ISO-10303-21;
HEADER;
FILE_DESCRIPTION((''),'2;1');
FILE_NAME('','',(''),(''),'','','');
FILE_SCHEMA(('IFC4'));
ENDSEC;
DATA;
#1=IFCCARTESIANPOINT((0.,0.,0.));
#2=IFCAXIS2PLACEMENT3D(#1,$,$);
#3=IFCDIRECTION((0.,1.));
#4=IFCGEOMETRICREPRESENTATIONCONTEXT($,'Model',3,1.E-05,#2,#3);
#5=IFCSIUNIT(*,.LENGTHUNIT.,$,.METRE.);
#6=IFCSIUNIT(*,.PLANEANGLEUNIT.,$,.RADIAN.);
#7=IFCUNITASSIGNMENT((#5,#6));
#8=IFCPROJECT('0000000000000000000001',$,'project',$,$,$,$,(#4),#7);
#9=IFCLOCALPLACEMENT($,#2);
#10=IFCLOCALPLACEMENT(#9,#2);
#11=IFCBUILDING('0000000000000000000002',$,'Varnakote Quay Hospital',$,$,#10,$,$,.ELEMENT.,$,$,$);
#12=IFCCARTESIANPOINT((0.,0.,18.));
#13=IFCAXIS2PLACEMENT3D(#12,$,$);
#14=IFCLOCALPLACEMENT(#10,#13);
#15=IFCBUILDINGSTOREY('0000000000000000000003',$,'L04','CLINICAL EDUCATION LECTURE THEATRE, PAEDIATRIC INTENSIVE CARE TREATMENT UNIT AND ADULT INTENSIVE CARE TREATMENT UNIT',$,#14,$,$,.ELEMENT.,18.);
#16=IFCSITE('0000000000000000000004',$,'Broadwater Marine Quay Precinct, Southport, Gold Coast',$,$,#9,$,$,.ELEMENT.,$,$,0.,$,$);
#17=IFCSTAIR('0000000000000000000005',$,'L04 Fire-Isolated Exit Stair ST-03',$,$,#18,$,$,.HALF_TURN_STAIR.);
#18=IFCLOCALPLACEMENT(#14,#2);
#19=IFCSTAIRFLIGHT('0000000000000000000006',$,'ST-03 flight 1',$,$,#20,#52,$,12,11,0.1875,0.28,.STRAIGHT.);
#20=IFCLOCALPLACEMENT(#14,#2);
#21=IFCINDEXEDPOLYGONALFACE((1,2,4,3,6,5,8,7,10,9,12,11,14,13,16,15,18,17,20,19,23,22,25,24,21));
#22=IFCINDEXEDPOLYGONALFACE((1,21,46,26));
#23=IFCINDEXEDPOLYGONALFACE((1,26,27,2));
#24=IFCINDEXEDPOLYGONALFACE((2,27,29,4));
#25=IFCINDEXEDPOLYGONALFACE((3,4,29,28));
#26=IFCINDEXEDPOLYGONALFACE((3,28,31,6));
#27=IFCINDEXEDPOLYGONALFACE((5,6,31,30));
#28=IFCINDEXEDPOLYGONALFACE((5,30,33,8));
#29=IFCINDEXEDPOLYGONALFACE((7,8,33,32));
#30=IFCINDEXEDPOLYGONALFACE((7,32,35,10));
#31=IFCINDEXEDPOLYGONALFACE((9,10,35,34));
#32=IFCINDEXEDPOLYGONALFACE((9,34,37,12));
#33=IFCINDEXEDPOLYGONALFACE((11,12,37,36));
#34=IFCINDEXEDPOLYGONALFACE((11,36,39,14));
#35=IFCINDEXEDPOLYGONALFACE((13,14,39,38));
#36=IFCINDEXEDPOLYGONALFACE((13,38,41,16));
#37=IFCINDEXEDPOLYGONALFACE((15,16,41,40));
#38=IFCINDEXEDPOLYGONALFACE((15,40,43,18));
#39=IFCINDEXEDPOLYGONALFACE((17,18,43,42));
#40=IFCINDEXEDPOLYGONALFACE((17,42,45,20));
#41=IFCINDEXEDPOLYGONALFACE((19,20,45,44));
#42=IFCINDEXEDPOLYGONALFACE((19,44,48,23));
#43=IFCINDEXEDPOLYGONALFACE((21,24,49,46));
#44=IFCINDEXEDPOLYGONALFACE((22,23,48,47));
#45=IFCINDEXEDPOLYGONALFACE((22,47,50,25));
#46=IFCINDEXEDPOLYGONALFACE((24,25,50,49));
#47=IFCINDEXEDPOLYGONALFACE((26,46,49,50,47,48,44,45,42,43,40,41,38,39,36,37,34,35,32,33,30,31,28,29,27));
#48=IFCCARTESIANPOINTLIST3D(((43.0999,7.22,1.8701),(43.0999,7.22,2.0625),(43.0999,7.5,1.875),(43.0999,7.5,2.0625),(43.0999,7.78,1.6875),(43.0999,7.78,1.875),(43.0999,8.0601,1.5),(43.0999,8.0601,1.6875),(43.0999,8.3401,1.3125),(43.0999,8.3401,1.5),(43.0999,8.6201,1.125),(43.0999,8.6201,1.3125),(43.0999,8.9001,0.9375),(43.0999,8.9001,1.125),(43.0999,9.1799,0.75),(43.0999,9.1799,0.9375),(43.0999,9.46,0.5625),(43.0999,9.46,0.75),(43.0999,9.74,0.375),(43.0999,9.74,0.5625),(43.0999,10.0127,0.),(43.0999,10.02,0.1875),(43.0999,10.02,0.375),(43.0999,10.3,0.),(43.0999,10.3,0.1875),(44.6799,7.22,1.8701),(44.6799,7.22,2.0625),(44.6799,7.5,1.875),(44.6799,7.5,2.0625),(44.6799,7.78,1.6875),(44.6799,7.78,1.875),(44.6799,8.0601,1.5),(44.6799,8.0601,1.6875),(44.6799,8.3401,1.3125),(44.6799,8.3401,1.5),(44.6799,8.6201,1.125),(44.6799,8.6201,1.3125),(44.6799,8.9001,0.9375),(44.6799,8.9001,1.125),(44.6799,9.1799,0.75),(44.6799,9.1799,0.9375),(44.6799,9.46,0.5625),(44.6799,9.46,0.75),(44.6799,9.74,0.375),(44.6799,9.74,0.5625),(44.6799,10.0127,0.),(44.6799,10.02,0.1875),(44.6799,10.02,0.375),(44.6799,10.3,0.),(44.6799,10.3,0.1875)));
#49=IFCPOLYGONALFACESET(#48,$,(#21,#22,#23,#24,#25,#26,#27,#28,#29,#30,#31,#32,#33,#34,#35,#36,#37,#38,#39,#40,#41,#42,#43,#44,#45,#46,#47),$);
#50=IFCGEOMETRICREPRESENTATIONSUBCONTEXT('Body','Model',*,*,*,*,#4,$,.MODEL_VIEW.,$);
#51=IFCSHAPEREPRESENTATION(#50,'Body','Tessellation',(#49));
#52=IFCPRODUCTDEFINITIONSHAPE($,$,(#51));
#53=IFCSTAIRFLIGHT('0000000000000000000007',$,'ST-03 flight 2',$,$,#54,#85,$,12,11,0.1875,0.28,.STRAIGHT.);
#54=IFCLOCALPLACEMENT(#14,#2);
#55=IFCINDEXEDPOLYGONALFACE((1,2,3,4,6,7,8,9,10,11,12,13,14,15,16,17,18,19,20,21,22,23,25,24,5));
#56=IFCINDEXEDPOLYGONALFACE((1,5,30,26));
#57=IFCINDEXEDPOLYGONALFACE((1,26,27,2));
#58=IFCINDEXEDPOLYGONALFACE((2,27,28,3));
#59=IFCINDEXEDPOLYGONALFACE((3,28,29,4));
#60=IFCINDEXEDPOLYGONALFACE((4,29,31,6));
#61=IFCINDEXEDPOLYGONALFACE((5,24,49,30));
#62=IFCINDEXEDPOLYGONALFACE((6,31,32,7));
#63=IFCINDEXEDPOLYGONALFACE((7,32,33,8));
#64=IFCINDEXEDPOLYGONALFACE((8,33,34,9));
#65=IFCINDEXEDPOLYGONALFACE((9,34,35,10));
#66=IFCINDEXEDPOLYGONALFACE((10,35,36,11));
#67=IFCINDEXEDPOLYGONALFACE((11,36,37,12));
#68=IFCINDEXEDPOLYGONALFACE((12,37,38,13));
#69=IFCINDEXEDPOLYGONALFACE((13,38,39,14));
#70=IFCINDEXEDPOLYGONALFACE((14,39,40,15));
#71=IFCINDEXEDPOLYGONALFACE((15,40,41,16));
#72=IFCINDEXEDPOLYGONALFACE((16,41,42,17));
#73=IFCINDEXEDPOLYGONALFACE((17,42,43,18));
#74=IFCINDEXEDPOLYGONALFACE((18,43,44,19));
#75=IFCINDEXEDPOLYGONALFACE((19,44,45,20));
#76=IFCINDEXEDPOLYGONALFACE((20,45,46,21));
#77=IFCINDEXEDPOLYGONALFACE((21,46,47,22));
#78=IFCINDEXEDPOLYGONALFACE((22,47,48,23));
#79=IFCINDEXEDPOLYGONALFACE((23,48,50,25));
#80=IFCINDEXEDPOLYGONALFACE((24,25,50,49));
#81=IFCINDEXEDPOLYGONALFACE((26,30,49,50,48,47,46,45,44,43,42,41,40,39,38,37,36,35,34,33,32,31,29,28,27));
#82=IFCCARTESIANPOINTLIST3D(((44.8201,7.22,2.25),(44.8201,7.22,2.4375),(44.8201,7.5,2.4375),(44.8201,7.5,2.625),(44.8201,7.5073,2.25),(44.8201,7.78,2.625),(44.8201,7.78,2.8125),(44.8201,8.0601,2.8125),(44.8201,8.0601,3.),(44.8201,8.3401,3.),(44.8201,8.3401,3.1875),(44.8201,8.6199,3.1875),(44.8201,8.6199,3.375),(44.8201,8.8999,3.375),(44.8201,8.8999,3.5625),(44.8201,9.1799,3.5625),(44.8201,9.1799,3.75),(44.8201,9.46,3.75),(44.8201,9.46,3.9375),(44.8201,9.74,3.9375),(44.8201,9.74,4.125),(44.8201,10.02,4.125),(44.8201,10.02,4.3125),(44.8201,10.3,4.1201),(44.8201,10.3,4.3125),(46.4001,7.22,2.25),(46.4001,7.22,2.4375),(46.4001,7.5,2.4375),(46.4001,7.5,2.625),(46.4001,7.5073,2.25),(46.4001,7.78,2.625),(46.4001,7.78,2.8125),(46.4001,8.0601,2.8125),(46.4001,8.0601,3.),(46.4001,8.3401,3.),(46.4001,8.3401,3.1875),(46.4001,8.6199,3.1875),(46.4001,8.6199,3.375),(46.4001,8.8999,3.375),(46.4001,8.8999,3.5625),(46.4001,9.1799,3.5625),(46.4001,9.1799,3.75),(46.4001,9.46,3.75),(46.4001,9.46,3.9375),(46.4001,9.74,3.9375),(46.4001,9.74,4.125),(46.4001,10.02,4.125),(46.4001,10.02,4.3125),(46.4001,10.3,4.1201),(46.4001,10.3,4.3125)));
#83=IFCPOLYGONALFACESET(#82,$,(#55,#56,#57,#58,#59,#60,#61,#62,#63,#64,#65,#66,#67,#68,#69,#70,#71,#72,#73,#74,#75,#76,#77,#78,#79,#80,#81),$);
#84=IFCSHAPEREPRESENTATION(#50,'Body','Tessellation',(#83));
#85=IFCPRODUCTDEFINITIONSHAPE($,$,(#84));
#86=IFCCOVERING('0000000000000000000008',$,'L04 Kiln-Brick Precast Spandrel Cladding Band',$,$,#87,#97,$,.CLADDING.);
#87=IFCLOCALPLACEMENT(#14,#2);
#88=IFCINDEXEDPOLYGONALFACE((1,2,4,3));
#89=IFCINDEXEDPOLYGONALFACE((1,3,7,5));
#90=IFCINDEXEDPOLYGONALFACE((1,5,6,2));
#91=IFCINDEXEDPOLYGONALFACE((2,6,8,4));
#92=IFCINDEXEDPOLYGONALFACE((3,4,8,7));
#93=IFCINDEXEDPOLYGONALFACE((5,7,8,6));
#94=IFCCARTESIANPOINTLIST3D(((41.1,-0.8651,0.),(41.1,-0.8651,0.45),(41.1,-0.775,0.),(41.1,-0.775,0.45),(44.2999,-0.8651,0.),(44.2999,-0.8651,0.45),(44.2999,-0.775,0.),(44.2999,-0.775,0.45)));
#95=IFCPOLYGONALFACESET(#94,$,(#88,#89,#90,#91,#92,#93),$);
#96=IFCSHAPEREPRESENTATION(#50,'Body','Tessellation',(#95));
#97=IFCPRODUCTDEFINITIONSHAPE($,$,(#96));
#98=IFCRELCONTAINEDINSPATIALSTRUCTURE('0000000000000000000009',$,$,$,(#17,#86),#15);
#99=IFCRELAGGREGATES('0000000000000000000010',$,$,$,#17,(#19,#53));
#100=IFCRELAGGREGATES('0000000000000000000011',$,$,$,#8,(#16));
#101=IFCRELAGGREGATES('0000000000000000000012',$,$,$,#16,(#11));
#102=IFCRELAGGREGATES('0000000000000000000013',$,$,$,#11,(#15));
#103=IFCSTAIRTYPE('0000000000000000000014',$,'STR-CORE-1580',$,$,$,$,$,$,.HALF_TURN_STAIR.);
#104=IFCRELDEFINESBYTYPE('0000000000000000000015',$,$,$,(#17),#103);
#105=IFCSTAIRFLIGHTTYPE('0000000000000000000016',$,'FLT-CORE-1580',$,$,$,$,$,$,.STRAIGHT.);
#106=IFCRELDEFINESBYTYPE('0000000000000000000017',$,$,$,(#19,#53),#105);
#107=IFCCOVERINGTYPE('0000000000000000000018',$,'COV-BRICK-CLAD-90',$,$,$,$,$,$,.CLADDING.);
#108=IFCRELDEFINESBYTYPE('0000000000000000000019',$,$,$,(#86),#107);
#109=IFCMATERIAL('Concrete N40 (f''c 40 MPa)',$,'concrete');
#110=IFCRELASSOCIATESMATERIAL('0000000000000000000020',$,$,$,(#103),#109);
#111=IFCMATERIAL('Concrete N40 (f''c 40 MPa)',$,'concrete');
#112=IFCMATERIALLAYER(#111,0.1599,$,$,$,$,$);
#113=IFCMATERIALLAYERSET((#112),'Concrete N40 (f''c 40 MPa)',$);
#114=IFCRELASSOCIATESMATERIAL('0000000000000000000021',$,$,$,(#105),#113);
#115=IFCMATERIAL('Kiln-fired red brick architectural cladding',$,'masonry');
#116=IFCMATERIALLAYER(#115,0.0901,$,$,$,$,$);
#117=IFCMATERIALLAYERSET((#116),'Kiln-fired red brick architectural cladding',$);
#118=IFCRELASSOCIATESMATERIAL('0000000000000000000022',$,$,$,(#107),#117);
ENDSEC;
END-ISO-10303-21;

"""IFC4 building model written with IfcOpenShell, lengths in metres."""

from ifc_helpers import new_model, si_unit, direction, frame, origin, origin_2d, place, context, subcontext, project, spatial, polyline, rectangle, outline, extrude, material, layer, layer_set, type_object, element, aggregate, save


model = new_model("IFC4")

# Units and contexts
model_context = context("Model", 3, precision=1e-05, world=origin(), true_north=direction((0.0, 1.0)))
body_context = subcontext(model_context, "Body", "Model", "MODEL_VIEW")
ifc_project = project(units=[si_unit("LENGTHUNIT", "METRE"), si_unit("PLANEANGLEUNIT", "RADIAN")], contexts=[model_context])

# Site, building, storey
site_placement = place(None, origin())
site = spatial("IfcSite", under=ifc_project, at=site_placement, Name="Broadwater Marine Quay Precinct, Southport, Gold Coast", CompositionType="ELEMENT", RefElevation=0.0)
building_placement = place(site_placement, origin())
building = spatial("IfcBuilding", under=site, at=building_placement, Name="Varnakote Quay Hospital", CompositionType="ELEMENT")
storey_placement = place(building_placement, frame((0.0, 0.0, 18.0)))
storey = spatial("IfcBuildingStorey", under=building, at=storey_placement, Name="L04", Description="CLINICAL EDUCATION LECTURE THEATRE, PAEDIATRIC INTENSIVE CARE TREATMENT UNIT AND ADULT INTENSIVE CARE TREATMENT UNIT", CompositionType="ELEMENT", Elevation=18.0)

# Stair, stair flights
ifc_material_1 = material(Name="Concrete N40 (f'c 40 MPa)", Category="concrete")
stair_type = type_object("IfcStairType", Name="STR-CORE-1580", PredefinedType="HALF_TURN_STAIR", material=ifc_material_1)
stair_placement = place(storey_placement, origin())
stair = element("IfcStair", 1, at=stair_placement, inside=storey, type_object=stair_type, Name="L04 Fire-Isolated Exit Stair ST-03", PredefinedType="HALF_TURN_STAIR")
ifc_material_2 = material(Name="Concrete N40 (f'c 40 MPa)", Category="concrete")
ifc_layer_1 = layer(ifc_material_2, 0.1599)
ifc_layer_set_1 = layer_set([ifc_layer_1], Name="Concrete N40 (f'c 40 MPa)")
stair_flight_type = type_object("IfcStairFlightType", Name="FLT-CORE-1580", PredefinedType="STRAIGHT", material=ifc_layer_set_1)
stair_flight_1_placement = place(storey_placement, frame((43.8899, 10.3, 0.0), z_axis=(0.0, 0.0, 1.0), x_axis=(0.0, -1.0, 0.0)))
stair_flight_1 = element("IfcStairFlight", 2, at=stair_flight_1_placement, type_object=stair_flight_type, Name="ST-03 flight 1", NumberOfRisers=12, NumberOfTreads=11, PredefinedType="STRAIGHT", RiserHeight=0.1875, TreadLength=0.28, context=body_context, shape_type="SweptSolid", body=[
    extrude(outline(polyline([(0.0, 0.0), (0.0, 0.1875), (0.28, 0.1875), (0.28, 0.375), (0.5601, 0.375), (0.5601, 0.5625), (0.8401, 0.5625), (0.8401, 0.75), (1.1201, 0.75), (1.1201, 0.9375), (1.3999, 0.9375), (1.3999, 1.125), (1.6799, 1.125), (1.6799, 1.3125), (1.96, 1.3125), (1.96, 1.5), (2.24, 1.5), (2.24, 1.6875), (2.52, 1.6875), (2.52, 1.875), (2.8, 1.875), (2.8, 2.0625), (3.0801, 2.0625), (3.0801, 2.25), (3.0801, 1.8701), (0.2874, 0.0), (0.0, 0.0)])), frame((0.0, 0.79, 0.0), z_axis=(0.0, -1.0, 0.0), x_axis=(1.0, 0.0, 0.0)), (0.0, 0.0, 1.0), 1.5801),
])
stair_flight_2_placement = place(storey_placement, frame((45.6101, 7.22, 2.25), z_axis=(0.0, 0.0, 1.0), x_axis=(0.0, 1.0, 0.0)))
stair_flight_2 = element("IfcStairFlight", 3, at=stair_flight_2_placement, type_object=stair_flight_type, Name="ST-03 flight 2", NumberOfRisers=12, NumberOfTreads=11, PredefinedType="STRAIGHT", RiserHeight=0.1875, TreadLength=0.28, context=body_context, shape_type="SweptSolid", body=[
    extrude(outline(polyline([(0.0, 0.0), (0.0, 0.1875), (0.28, 0.1875), (0.28, 0.375), (0.5601, 0.375), (0.5601, 0.5625), (0.8401, 0.5625), (0.8401, 0.75), (1.1201, 0.75), (1.1201, 0.9375), (1.3999, 0.9375), (1.3999, 1.125), (1.6799, 1.125), (1.6799, 1.3125), (1.96, 1.3125), (1.96, 1.5), (2.24, 1.5), (2.24, 1.6875), (2.52, 1.6875), (2.52, 1.875), (2.8, 1.875), (2.8, 2.0625), (3.0801, 2.0625), (3.0801, 2.25), (3.0801, 1.8701), (0.2874, 0.0), (0.0, 0.0)])), frame((0.0, 0.79, 0.0), z_axis=(0.0, -1.0, 0.0), x_axis=(1.0, 0.0, 0.0)), (0.0, 0.0, 1.0), 1.5801),
])
aggregate(stair, [stair_flight_1, stair_flight_2])

# Covering
ifc_material_3 = material(Name="Kiln-fired red brick architectural cladding", Category="masonry")
ifc_layer_2 = layer(ifc_material_3, 0.0901)
ifc_layer_set_2 = layer_set([ifc_layer_2], Name="Kiln-fired red brick architectural cladding")
covering_type = type_object("IfcCoveringType", Name="COV-BRICK-CLAD-90", PredefinedType="CLADDING", material=ifc_layer_set_2)
covering_placement = place(storey_placement, frame((42.7, -0.8201, 0.0), z_axis=(0.0, 0.0, 1.0), x_axis=(1.0, 0.0, 0.0)))
element("IfcCovering", 4, at=covering_placement, inside=storey, type_object=covering_type, Name="L04 Kiln-Brick Precast Spandrel Cladding Band", PredefinedType="CLADDING", context=body_context, shape_type="SweptSolid", body=[
    extrude(rectangle(XDim=3.2, YDim=0.0901, at=origin_2d()), origin(), (0.0, 0.0, 1.0), 0.45),
])

save(model, "model.ifc")
